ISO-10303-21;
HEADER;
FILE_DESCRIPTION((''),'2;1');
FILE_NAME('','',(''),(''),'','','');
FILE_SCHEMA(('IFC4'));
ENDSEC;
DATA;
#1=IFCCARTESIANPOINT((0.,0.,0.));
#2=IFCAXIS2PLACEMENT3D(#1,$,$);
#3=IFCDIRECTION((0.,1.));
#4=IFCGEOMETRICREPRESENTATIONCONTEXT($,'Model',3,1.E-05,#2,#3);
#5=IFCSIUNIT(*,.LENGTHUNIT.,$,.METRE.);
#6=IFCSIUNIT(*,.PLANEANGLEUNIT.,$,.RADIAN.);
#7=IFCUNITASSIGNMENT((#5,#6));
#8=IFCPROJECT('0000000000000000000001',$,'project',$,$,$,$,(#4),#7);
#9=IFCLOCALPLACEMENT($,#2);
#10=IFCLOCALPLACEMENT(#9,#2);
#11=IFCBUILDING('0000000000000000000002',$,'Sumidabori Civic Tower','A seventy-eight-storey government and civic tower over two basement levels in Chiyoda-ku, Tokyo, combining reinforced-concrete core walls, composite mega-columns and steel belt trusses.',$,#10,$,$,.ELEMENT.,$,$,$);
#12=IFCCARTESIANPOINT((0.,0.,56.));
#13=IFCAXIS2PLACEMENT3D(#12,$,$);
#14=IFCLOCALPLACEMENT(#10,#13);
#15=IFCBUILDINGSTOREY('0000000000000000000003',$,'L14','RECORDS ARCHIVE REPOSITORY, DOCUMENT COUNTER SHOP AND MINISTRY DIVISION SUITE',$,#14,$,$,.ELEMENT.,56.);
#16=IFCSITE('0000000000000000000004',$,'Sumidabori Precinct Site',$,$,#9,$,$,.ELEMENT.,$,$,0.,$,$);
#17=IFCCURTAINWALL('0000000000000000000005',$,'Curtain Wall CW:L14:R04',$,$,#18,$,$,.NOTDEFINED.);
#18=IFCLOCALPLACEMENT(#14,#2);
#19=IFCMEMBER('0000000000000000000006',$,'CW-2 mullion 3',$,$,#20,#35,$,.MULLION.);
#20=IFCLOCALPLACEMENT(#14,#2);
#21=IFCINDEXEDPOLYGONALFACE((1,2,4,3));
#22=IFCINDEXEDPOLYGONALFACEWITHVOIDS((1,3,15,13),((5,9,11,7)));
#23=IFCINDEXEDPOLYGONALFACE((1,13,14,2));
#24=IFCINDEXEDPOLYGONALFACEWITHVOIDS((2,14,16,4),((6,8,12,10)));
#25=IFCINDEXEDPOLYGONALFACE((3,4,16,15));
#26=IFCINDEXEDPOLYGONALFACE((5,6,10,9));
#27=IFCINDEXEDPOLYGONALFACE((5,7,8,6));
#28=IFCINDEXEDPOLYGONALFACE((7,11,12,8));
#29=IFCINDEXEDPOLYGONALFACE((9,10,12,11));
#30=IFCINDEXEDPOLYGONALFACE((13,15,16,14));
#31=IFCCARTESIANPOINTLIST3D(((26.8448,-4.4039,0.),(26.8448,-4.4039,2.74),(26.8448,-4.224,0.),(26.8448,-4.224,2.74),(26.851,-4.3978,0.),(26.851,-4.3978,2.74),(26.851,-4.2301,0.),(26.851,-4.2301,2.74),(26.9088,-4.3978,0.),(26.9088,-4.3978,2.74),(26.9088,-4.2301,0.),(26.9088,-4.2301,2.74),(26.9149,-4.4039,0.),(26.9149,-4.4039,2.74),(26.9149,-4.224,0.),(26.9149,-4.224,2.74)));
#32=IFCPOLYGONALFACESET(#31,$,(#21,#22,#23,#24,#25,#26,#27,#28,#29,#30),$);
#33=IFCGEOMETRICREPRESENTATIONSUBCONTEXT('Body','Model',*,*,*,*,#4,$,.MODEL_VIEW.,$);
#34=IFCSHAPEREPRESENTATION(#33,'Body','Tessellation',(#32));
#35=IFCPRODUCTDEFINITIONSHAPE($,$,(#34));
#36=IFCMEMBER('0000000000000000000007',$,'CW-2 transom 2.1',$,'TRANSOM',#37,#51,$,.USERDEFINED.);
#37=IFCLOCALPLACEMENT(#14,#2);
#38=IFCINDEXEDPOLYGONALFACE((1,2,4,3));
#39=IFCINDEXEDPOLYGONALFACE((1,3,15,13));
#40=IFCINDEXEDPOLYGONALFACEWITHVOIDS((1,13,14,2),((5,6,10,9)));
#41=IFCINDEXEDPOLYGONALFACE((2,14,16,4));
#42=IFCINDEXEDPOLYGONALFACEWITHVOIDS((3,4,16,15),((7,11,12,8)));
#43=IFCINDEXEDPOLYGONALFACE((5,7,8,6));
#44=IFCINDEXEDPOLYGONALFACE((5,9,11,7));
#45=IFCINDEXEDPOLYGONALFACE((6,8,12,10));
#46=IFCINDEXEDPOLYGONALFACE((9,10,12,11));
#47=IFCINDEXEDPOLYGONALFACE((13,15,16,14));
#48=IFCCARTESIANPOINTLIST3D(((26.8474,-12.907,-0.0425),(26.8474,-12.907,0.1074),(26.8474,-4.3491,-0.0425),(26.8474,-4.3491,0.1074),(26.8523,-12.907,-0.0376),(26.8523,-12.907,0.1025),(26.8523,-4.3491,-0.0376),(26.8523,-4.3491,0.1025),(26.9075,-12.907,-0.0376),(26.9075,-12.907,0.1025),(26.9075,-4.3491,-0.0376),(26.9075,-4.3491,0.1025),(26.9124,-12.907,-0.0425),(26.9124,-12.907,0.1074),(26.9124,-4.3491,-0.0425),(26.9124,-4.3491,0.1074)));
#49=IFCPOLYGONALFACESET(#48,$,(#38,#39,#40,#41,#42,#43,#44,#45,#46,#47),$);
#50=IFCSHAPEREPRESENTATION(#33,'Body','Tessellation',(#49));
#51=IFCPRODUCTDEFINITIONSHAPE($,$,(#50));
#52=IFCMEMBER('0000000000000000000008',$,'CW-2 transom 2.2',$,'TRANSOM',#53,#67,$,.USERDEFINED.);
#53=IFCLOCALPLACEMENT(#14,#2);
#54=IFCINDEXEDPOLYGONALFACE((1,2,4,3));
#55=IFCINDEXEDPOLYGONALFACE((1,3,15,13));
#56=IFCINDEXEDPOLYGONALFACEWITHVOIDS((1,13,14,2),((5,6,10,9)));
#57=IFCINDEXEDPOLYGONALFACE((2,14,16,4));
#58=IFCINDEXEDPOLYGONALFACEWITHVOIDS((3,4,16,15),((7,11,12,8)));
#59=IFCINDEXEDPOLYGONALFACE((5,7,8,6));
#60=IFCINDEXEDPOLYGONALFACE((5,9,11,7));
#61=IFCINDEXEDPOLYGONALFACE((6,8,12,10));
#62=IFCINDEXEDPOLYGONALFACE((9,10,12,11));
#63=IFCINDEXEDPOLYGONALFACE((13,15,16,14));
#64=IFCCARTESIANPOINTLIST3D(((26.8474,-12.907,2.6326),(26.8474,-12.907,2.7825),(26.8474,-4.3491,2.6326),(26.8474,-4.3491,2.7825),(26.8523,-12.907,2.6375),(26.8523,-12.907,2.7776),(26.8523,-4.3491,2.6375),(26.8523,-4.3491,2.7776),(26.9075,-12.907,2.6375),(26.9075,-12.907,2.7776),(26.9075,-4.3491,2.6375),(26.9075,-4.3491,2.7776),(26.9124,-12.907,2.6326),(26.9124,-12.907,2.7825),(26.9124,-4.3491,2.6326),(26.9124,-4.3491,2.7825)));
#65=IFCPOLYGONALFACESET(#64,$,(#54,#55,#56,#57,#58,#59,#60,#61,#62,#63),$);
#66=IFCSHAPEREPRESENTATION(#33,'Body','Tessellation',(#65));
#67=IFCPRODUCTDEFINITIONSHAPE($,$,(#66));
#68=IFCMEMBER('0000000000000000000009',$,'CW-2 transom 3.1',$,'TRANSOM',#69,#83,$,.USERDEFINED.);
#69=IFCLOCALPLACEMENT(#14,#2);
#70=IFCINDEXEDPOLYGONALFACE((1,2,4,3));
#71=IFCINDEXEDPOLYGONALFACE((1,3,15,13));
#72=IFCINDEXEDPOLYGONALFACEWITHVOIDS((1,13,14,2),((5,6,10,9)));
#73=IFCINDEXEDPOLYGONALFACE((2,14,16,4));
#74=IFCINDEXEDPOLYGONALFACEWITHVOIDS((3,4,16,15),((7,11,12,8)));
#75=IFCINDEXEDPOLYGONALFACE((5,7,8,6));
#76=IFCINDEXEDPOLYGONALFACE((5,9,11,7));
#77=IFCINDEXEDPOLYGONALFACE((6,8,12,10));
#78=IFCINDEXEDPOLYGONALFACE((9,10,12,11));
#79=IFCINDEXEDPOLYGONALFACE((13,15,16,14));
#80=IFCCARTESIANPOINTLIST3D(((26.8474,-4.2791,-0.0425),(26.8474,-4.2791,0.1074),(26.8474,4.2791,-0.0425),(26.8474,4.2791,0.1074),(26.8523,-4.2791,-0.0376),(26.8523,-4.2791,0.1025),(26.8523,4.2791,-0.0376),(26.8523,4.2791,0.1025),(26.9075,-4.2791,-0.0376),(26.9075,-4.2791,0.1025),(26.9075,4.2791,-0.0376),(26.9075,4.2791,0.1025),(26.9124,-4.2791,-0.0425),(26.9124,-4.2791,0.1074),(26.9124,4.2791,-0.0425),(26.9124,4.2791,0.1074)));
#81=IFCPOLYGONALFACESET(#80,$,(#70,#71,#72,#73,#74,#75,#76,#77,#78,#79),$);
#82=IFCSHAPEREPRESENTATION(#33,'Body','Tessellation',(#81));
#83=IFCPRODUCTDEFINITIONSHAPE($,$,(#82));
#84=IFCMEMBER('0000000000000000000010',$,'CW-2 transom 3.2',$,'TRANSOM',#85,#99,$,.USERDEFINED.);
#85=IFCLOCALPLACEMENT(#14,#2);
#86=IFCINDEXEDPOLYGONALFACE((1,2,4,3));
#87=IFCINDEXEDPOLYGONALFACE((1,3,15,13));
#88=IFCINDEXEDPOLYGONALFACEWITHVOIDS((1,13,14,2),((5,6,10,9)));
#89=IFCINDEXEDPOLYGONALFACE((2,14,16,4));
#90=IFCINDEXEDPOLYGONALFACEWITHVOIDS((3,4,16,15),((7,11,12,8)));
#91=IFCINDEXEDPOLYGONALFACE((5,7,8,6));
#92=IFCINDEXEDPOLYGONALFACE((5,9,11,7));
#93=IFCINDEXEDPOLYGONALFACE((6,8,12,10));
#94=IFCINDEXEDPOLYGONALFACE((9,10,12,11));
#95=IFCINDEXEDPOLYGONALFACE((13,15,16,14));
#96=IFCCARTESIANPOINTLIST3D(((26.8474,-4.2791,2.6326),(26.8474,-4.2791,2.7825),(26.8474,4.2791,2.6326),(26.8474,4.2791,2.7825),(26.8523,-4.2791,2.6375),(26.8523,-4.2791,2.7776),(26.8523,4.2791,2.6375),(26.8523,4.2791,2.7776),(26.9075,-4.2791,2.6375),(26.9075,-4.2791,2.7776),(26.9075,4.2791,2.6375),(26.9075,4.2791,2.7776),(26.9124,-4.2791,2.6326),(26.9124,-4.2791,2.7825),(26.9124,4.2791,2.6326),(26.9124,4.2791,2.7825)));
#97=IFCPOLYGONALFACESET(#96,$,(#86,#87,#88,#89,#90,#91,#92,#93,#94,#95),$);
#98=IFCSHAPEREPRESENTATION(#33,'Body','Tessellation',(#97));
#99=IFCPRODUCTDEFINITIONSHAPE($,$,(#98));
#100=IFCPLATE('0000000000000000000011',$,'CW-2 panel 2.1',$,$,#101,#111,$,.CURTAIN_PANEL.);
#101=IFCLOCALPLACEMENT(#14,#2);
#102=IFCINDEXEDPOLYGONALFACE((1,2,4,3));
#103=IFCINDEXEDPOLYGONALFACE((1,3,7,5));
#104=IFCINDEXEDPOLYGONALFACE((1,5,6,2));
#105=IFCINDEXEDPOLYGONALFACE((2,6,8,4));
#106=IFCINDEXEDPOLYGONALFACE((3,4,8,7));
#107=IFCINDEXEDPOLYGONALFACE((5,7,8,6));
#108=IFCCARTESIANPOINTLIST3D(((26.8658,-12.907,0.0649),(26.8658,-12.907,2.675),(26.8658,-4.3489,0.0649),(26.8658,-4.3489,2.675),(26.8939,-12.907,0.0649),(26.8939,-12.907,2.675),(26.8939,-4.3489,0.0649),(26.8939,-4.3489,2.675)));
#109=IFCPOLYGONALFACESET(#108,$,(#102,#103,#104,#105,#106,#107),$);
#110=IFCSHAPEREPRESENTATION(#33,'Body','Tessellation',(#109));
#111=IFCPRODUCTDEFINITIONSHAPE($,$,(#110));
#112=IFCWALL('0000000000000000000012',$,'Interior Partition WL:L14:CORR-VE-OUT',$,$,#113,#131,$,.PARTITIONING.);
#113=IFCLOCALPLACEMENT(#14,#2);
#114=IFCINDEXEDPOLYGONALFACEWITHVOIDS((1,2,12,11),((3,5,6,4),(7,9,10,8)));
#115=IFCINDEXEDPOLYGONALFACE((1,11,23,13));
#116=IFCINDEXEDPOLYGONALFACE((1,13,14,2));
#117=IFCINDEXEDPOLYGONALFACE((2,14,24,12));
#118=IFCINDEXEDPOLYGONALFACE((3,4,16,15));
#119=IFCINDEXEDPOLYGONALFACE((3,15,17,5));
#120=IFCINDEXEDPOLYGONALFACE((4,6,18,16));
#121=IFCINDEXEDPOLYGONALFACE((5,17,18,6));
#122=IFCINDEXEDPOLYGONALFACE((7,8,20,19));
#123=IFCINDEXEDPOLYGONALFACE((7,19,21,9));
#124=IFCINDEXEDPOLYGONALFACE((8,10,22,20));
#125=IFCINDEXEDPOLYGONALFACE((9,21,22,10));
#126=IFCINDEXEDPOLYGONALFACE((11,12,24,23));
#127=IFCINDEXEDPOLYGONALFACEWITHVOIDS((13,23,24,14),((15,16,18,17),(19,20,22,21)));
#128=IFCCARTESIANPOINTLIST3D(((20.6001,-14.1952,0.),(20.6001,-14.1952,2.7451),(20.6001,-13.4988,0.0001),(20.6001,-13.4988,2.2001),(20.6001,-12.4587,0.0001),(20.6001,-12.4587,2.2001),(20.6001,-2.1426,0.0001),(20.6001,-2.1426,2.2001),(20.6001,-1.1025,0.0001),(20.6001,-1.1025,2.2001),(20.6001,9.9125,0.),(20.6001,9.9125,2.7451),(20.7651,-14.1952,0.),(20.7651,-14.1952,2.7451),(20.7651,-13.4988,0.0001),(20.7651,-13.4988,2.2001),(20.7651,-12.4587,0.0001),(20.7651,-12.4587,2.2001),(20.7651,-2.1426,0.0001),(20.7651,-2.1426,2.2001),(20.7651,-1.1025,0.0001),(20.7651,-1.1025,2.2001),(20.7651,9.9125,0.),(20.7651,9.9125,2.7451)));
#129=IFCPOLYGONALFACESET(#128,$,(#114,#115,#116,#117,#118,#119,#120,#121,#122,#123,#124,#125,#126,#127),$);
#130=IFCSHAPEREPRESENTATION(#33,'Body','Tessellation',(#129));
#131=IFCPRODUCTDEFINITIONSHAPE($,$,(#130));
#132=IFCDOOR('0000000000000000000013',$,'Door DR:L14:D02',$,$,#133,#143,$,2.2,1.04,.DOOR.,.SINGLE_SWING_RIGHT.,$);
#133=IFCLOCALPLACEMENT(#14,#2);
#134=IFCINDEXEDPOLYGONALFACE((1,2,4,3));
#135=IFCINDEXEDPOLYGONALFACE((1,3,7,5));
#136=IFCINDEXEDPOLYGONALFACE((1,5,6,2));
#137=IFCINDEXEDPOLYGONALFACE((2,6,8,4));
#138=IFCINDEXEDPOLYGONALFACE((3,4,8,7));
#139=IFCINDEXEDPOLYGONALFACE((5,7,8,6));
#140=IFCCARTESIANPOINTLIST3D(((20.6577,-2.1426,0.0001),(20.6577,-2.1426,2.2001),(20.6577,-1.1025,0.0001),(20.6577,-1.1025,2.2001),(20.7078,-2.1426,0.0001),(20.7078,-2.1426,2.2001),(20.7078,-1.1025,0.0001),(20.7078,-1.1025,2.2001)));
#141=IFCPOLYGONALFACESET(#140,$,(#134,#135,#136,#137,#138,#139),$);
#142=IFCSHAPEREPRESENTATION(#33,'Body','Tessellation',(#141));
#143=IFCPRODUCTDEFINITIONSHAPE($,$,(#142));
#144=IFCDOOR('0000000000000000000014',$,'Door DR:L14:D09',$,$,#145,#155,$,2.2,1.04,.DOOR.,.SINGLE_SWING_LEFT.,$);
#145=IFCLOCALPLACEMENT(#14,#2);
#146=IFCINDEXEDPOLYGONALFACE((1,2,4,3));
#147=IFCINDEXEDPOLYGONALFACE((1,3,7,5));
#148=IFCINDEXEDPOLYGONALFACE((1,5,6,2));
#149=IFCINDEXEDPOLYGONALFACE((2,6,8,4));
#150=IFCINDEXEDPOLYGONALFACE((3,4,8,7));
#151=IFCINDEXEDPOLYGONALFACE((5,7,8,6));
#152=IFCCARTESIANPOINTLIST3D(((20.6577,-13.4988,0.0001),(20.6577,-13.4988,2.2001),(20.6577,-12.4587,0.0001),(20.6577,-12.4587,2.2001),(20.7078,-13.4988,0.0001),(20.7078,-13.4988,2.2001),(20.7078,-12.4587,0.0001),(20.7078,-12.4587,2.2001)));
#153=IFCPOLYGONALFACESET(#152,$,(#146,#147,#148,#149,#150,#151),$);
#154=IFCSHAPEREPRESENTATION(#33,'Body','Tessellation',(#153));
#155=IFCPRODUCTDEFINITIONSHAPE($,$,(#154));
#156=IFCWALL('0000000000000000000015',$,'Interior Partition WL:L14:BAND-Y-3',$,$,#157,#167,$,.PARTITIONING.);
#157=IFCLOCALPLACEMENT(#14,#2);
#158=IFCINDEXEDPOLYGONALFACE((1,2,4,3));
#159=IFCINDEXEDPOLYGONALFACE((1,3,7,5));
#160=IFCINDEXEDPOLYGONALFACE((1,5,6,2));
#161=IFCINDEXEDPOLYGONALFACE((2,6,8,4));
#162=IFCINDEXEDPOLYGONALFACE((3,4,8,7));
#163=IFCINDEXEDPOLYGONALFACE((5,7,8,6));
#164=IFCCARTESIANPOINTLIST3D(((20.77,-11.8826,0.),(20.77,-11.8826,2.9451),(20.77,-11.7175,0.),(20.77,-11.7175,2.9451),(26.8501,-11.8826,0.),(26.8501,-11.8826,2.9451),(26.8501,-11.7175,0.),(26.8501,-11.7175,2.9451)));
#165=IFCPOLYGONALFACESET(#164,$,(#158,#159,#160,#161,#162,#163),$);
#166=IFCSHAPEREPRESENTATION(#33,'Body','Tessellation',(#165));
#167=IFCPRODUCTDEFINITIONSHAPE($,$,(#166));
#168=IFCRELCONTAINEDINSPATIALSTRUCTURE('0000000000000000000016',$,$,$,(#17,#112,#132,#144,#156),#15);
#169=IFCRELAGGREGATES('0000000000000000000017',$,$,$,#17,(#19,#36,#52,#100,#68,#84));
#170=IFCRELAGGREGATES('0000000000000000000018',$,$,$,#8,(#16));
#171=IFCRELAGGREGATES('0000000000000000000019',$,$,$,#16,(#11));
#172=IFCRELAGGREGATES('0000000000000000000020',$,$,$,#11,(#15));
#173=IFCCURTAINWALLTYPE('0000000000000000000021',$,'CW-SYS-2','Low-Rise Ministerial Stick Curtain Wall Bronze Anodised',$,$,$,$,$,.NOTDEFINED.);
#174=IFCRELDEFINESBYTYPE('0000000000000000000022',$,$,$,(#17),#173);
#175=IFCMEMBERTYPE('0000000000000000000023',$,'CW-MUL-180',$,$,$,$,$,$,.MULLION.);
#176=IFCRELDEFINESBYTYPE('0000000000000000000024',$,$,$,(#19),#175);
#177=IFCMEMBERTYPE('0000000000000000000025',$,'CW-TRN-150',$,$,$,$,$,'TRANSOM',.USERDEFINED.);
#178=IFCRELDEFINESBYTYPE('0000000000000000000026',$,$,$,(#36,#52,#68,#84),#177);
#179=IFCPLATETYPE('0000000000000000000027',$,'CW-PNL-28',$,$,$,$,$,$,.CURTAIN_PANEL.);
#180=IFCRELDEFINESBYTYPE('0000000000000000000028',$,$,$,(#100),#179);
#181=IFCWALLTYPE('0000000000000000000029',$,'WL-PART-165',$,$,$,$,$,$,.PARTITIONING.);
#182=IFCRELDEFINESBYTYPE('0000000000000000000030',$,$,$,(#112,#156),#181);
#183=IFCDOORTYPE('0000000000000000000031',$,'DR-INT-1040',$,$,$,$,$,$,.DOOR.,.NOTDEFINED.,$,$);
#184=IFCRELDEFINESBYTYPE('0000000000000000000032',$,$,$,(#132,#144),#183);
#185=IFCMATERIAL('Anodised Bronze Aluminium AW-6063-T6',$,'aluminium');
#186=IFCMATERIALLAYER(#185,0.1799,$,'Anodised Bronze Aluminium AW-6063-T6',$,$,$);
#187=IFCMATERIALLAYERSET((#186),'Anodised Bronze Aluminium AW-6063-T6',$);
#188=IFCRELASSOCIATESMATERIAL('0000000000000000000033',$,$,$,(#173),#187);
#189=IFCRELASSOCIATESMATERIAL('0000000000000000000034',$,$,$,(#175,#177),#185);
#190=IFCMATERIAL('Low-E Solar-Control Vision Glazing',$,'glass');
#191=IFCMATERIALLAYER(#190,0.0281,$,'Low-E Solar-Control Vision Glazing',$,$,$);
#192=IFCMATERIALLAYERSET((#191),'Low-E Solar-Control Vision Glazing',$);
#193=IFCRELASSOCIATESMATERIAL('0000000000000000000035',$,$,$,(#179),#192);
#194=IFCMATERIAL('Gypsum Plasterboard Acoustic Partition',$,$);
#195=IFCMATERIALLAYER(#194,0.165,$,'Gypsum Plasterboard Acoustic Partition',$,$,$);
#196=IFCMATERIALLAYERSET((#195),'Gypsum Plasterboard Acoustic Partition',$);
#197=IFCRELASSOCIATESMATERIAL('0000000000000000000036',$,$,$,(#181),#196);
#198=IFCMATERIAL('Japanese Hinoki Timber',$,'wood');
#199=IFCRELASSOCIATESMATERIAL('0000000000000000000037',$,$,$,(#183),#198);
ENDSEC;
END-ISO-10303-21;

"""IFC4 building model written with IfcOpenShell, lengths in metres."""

from ifc_helpers import new_model, si_unit, direction, frame, frame_2d, origin, origin_2d, place, context, subcontext, project, spatial, rectangle, hollow_rectangle, extrude, source, transform, mapped, material, layer, layer_set, material_profile, profile_set, type_object, element, fill, aggregate, save


model = new_model("IFC4")

# Units and contexts
model_context = context("Model", 3, precision=1e-05, world=origin(), true_north=direction((0.0, 1.0)))
body_context = subcontext(model_context, "Body", "Model", "MODEL_VIEW")
ifc_project = project(units=[si_unit("LENGTHUNIT", "METRE"), si_unit("PLANEANGLEUNIT", "RADIAN")], contexts=[model_context])

# Site, building, storey
site_placement = place(None, origin())
site = spatial("IfcSite", under=ifc_project, at=site_placement, Name="Sumidabori Precinct Site", CompositionType="ELEMENT", RefElevation=0.0)
building_placement = place(site_placement, origin())
building = spatial("IfcBuilding", under=site, at=building_placement, Name="Sumidabori Civic Tower", Description="A seventy-eight-storey government and civic tower over two basement levels in Chiyoda-ku, Tokyo, combining reinforced-concrete core walls, composite mega-columns and steel belt trusses.", CompositionType="ELEMENT")
storey_placement = place(building_placement, frame((0.0, 0.0, 56.0)))
storey = spatial("IfcBuildingStorey", under=building, at=storey_placement, Name="L14", Description="RECORDS ARCHIVE REPOSITORY, DOCUMENT COUNTER SHOP AND MINISTRY DIVISION SUITE", CompositionType="ELEMENT", Elevation=56.0)

# Curtain wall, members, plate
ifc_material_1 = material(Name="Anodised Bronze Aluminium AW-6063-T6", Category="aluminium")
ifc_layer_1 = layer(ifc_material_1, 0.1799, Name="Anodised Bronze Aluminium AW-6063-T6")
ifc_layer_set_1 = layer_set([ifc_layer_1], Name="Anodised Bronze Aluminium AW-6063-T6")
curtain_wall_type = type_object("IfcCurtainWallType", Name="CW-SYS-2", Description="Low-Rise Ministerial Stick Curtain Wall Bronze Anodised", PredefinedType="NOTDEFINED", material=ifc_layer_set_1)
curtain_wall_placement = place(storey_placement, origin())
curtain_wall = element("IfcCurtainWall", 1, at=curtain_wall_placement, inside=storey, type_object=curtain_wall_type, Name="Curtain Wall CW:L14:R04", PredefinedType="NOTDEFINED")
ifc_material_profile_1 = material_profile(ifc_material_1, hollow_rectangle(XDim=0.0701, YDim=0.1799, WallThickness=0.0061, at=origin_2d()), Name="ALU MULLION 180x70")
ifc_profile_set_1 = profile_set([ifc_material_profile_1], Name="Anodised Bronze Aluminium AW-6063-T6")
member_type_1 = type_object("IfcMemberType", Name="CW-MUL-180", PredefinedType="MULLION", material=ifc_profile_set_1)
shared_shape_1 = source(origin(), body_context, "Body", "SweptSolid", [
    extrude(hollow_rectangle(XDim=0.0701, YDim=0.1799, WallThickness=0.0061, at=origin_2d()), origin(), (0.0, 0.0, 1.0), 2.74),
])
member_1_placement = place(storey_placement, frame((26.8799, -4.314, 0.0), z_axis=(0.0, 0.0, 1.0), x_axis=(-1.0, 0.0, 0.0)))
member_1 = element("IfcMember", 2, at=member_1_placement, type_object=member_type_1, Name="CW-2 mullion 3", PredefinedType="MULLION", context=body_context, shape_type="MappedRepresentation", body=[
    mapped(shared_shape_1, transform((0.0, 0.0, 0.0), x_axis=(1.0, 0.0, 0.0), y_axis=(0.0, 1.0, 0.0), z_axis=(0.0, 0.0, 1.0), scale=1.0)),
])
ifc_material_profile_2 = material_profile(ifc_material_1, hollow_rectangle(XDim=0.0649, YDim=0.1499, WallThickness=0.0049, at=origin_2d()), Name="ALU TRANSOM 150x65")
ifc_profile_set_2 = profile_set([ifc_material_profile_2], Name="Anodised Bronze Aluminium AW-6063-T6")
member_type_2 = type_object("IfcMemberType", Name="CW-TRN-150", ElementType="TRANSOM", PredefinedType="USERDEFINED", material=ifc_profile_set_2)
shared_shape_2 = source(origin(), body_context, "Body", "SweptSolid", [
    extrude(hollow_rectangle(XDim=0.0649, YDim=0.1499, WallThickness=0.0049, at=origin_2d()), origin(), (0.0, 0.0, 1.0), 8.5579),
])
member_2_placement = place(storey_placement, frame((26.8799, -12.907, 0.0325), z_axis=(0.0, 1.0, 0.0), x_axis=(-1.0, 0.0, 0.0)))
member_2 = element("IfcMember", 3, at=member_2_placement, type_object=member_type_2, Name="CW-2 transom 2.1", ObjectType="TRANSOM", PredefinedType="USERDEFINED", context=body_context, shape_type="MappedRepresentation", body=[
    mapped(shared_shape_2, transform((0.0, 0.0, 0.0), x_axis=(1.0, 0.0, 0.0), y_axis=(0.0, 1.0, 0.0), z_axis=(0.0, 0.0, 1.0), scale=1.0)),
])
member_3_placement = place(storey_placement, frame((26.8799, -12.907, 2.7075), z_axis=(0.0, 1.0, 0.0), x_axis=(-1.0, 0.0, 0.0)))
member_3 = element("IfcMember", 4, at=member_3_placement, type_object=member_type_2, Name="CW-2 transom 2.2", ObjectType="TRANSOM", PredefinedType="USERDEFINED", context=body_context, shape_type="MappedRepresentation", body=[
    mapped(shared_shape_2, transform((0.0, 0.0, 0.0), x_axis=(1.0, 0.0, 0.0), y_axis=(0.0, 1.0, 0.0), z_axis=(0.0, 0.0, 1.0), scale=1.0)),
])
shared_shape_3 = source(origin(), body_context, "Body", "SweptSolid", [
    extrude(hollow_rectangle(XDim=0.0649, YDim=0.1499, WallThickness=0.0049, at=origin_2d()), origin(), (0.0, 0.0, 1.0), 8.5581),
])
member_4_placement = place(storey_placement, frame((26.8799, -4.2791, 0.0325), z_axis=(0.0, 1.0, 0.0), x_axis=(-1.0, 0.0, 0.0)))
member_4 = element("IfcMember", 5, at=member_4_placement, type_object=member_type_2, Name="CW-2 transom 3.1", ObjectType="TRANSOM", PredefinedType="USERDEFINED", context=body_context, shape_type="MappedRepresentation", body=[
    mapped(shared_shape_3, transform((0.0, 0.0, 0.0), x_axis=(1.0, 0.0, 0.0), y_axis=(0.0, 1.0, 0.0), z_axis=(0.0, 0.0, 1.0), scale=1.0)),
])
member_5_placement = place(storey_placement, frame((26.8799, -4.2791, 2.7075), z_axis=(0.0, 1.0, 0.0), x_axis=(-1.0, 0.0, 0.0)))
member_5 = element("IfcMember", 6, at=member_5_placement, type_object=member_type_2, Name="CW-2 transom 3.2", ObjectType="TRANSOM", PredefinedType="USERDEFINED", context=body_context, shape_type="MappedRepresentation", body=[
    mapped(shared_shape_3, transform((0.0, 0.0, 0.0), x_axis=(1.0, 0.0, 0.0), y_axis=(0.0, 1.0, 0.0), z_axis=(0.0, 0.0, 1.0), scale=1.0)),
])
ifc_material_2 = material(Name="Low-E Solar-Control Vision Glazing", Category="glass")
ifc_layer_2 = layer(ifc_material_2, 0.0281, Name="Low-E Solar-Control Vision Glazing")
ifc_layer_set_2 = layer_set([ifc_layer_2], Name="Low-E Solar-Control Vision Glazing")
plate_type = type_object("IfcPlateType", Name="CW-PNL-28", PredefinedType="CURTAIN_PANEL", material=ifc_layer_set_2)
shared_shape_4 = source(origin(), body_context, "Body", "SweptSolid", [
    extrude(rectangle(XDim=8.5581, YDim=0.0281, at=origin_2d()), origin(), (0.0, 0.0, 1.0), 2.6101),
])
plate_placement = place(storey_placement, frame((26.8799, -8.6279, 0.0649), z_axis=(0.0, 0.0, 1.0), x_axis=(0.0, 1.0, 0.0)))
plate = element("IfcPlate", 7, at=plate_placement, type_object=plate_type, Name="CW-2 panel 2.1", PredefinedType="CURTAIN_PANEL", context=body_context, shape_type="MappedRepresentation", body=[
    mapped(shared_shape_4, transform((0.0, 0.0, 0.0), x_axis=(1.0, 0.0, 0.0), y_axis=(0.0, 1.0, 0.0), z_axis=(0.0, 0.0, 1.0), scale=1.0)),
])
aggregate(curtain_wall, [member_1, member_2, member_3, plate, member_4, member_5])

# Wall, openings, doors
ifc_material_3 = material(Name="Gypsum Plasterboard Acoustic Partition")
ifc_layer_3 = layer(ifc_material_3, 0.165, Name="Gypsum Plasterboard Acoustic Partition")
ifc_layer_set_3 = layer_set([ifc_layer_3], Name="Gypsum Plasterboard Acoustic Partition")
wall_type = type_object("IfcWallType", Name="WL-PART-165", PredefinedType="PARTITIONING", material=ifc_layer_set_3)
shared_shape_5 = source(origin(), body_context, "Body", "SweptSolid", [
    extrude(rectangle(XDim=24.1077, YDim=0.165, at=frame_2d((12.0537, 0.0))), origin(), (0.0, 0.0, 1.0), 2.7451),
])
wall_1_placement = place(storey_placement, frame((20.6826, -14.1951, 0.0), z_axis=(0.0, 0.0, 1.0), x_axis=(0.0, 1.0, 0.0)))
wall_1 = element("IfcWall", 8, at=wall_1_placement, inside=storey, type_object=wall_type, Name="Interior Partition WL:L14:CORR-VE-OUT", PredefinedType="PARTITIONING", context=body_context, shape_type="MappedRepresentation", body=[
    mapped(shared_shape_5, transform((0.0, 0.0, 0.0), x_axis=(1.0, 0.0, 0.0), y_axis=(0.0, 1.0, 0.0), z_axis=(0.0, 0.0, 1.0), scale=1.0)),
])
opening_1_placement = place(wall_1_placement, frame((12.0525, 0.0, 0.0)))
opening_1 = element("IfcOpeningElement", 9, at=opening_1_placement, cuts=wall_1, PredefinedType="OPENING", context=body_context, shape_type="SweptSolid", body=[
    extrude(rectangle(XDim=1.04, YDim=2.2, at=frame_2d((0.52, 1.1001))), frame((0.0, 0.0945, 0.0), z_axis=(0.0, -1.0, 0.0), x_axis=(1.0, 0.0, 0.0)), (0.0, 0.0, 1.0), 0.189),
])
opening_2_placement = place(wall_1_placement, frame((0.6963, 0.0, 0.0)))
opening_2 = element("IfcOpeningElement", 10, at=opening_2_placement, cuts=wall_1, PredefinedType="OPENING", context=body_context, shape_type="SweptSolid", body=[
    extrude(rectangle(XDim=1.04, YDim=2.2, at=frame_2d((0.52, 1.1001))), frame((0.0, 0.0945, 0.0), z_axis=(0.0, -1.0, 0.0), x_axis=(1.0, 0.0, 0.0)), (0.0, 0.0, 1.0), 0.189),
])
ifc_material_4 = material(Name="Japanese Hinoki Timber", Category="wood")
door_type = type_object("IfcDoorType", Name="DR-INT-1040", OperationType="NOTDEFINED", PredefinedType="DOOR", material=ifc_material_4)
shared_shape_6 = source(origin(), body_context, "Body", "SweptSolid", [
    extrude(rectangle(XDim=1.04, YDim=2.2, at=frame_2d((0.52, 1.1001))), frame((0.0, 0.0249, 0.0), z_axis=(0.0, -1.0, 0.0), x_axis=(1.0, 0.0, 0.0)), (0.0, 0.0, 1.0), 0.05),
])
door_1_placement = place(opening_1_placement, origin())
door_1 = element("IfcDoor", 11, at=door_1_placement, inside=storey, type_object=door_type, Name="Door DR:L14:D02", OperationType="SINGLE_SWING_RIGHT", OverallHeight=2.2, OverallWidth=1.04, PredefinedType="DOOR", context=body_context, shape_type="MappedRepresentation", body=[
    mapped(shared_shape_6, transform((0.0, 0.0, 0.0), x_axis=(1.0, 0.0, 0.0), y_axis=(0.0, 1.0, 0.0), z_axis=(0.0, 0.0, 1.0), scale=1.0)),
])
fill(opening_1, door_1)
door_2_placement = place(opening_2_placement, origin())
door_2 = element("IfcDoor", 12, at=door_2_placement, inside=storey, type_object=door_type, Name="Door DR:L14:D09", OperationType="SINGLE_SWING_LEFT", OverallHeight=2.2, OverallWidth=1.04, PredefinedType="DOOR", context=body_context, shape_type="MappedRepresentation", body=[
    mapped(shared_shape_6, transform((0.0, 0.0, 0.0), x_axis=(1.0, 0.0, 0.0), y_axis=(0.0, 1.0, 0.0), z_axis=(0.0, 0.0, 1.0), scale=1.0)),
])
fill(opening_2, door_2)

# Wall
shared_shape_7 = source(origin(), body_context, "Body", "SweptSolid", [
    extrude(rectangle(XDim=6.0801, YDim=0.165, at=frame_2d((3.04, 0.0))), origin(), (0.0, 0.0, 1.0), 2.9451),
])
wall_2_placement = place(storey_placement, frame((20.77, -11.8, 0.0), z_axis=(0.0, 0.0, 1.0), x_axis=(1.0, 0.0, 0.0)))
element("IfcWall", 13, at=wall_2_placement, inside=storey, type_object=wall_type, Name="Interior Partition WL:L14:BAND-Y-3", PredefinedType="PARTITIONING", context=body_context, shape_type="MappedRepresentation", body=[
    mapped(shared_shape_7, transform((0.0, 0.0, 0.0), x_axis=(1.0, 0.0, 0.0), y_axis=(0.0, 1.0, 0.0), z_axis=(0.0, 0.0, 1.0), scale=1.0)),
])

save(model, "model.ifc")
